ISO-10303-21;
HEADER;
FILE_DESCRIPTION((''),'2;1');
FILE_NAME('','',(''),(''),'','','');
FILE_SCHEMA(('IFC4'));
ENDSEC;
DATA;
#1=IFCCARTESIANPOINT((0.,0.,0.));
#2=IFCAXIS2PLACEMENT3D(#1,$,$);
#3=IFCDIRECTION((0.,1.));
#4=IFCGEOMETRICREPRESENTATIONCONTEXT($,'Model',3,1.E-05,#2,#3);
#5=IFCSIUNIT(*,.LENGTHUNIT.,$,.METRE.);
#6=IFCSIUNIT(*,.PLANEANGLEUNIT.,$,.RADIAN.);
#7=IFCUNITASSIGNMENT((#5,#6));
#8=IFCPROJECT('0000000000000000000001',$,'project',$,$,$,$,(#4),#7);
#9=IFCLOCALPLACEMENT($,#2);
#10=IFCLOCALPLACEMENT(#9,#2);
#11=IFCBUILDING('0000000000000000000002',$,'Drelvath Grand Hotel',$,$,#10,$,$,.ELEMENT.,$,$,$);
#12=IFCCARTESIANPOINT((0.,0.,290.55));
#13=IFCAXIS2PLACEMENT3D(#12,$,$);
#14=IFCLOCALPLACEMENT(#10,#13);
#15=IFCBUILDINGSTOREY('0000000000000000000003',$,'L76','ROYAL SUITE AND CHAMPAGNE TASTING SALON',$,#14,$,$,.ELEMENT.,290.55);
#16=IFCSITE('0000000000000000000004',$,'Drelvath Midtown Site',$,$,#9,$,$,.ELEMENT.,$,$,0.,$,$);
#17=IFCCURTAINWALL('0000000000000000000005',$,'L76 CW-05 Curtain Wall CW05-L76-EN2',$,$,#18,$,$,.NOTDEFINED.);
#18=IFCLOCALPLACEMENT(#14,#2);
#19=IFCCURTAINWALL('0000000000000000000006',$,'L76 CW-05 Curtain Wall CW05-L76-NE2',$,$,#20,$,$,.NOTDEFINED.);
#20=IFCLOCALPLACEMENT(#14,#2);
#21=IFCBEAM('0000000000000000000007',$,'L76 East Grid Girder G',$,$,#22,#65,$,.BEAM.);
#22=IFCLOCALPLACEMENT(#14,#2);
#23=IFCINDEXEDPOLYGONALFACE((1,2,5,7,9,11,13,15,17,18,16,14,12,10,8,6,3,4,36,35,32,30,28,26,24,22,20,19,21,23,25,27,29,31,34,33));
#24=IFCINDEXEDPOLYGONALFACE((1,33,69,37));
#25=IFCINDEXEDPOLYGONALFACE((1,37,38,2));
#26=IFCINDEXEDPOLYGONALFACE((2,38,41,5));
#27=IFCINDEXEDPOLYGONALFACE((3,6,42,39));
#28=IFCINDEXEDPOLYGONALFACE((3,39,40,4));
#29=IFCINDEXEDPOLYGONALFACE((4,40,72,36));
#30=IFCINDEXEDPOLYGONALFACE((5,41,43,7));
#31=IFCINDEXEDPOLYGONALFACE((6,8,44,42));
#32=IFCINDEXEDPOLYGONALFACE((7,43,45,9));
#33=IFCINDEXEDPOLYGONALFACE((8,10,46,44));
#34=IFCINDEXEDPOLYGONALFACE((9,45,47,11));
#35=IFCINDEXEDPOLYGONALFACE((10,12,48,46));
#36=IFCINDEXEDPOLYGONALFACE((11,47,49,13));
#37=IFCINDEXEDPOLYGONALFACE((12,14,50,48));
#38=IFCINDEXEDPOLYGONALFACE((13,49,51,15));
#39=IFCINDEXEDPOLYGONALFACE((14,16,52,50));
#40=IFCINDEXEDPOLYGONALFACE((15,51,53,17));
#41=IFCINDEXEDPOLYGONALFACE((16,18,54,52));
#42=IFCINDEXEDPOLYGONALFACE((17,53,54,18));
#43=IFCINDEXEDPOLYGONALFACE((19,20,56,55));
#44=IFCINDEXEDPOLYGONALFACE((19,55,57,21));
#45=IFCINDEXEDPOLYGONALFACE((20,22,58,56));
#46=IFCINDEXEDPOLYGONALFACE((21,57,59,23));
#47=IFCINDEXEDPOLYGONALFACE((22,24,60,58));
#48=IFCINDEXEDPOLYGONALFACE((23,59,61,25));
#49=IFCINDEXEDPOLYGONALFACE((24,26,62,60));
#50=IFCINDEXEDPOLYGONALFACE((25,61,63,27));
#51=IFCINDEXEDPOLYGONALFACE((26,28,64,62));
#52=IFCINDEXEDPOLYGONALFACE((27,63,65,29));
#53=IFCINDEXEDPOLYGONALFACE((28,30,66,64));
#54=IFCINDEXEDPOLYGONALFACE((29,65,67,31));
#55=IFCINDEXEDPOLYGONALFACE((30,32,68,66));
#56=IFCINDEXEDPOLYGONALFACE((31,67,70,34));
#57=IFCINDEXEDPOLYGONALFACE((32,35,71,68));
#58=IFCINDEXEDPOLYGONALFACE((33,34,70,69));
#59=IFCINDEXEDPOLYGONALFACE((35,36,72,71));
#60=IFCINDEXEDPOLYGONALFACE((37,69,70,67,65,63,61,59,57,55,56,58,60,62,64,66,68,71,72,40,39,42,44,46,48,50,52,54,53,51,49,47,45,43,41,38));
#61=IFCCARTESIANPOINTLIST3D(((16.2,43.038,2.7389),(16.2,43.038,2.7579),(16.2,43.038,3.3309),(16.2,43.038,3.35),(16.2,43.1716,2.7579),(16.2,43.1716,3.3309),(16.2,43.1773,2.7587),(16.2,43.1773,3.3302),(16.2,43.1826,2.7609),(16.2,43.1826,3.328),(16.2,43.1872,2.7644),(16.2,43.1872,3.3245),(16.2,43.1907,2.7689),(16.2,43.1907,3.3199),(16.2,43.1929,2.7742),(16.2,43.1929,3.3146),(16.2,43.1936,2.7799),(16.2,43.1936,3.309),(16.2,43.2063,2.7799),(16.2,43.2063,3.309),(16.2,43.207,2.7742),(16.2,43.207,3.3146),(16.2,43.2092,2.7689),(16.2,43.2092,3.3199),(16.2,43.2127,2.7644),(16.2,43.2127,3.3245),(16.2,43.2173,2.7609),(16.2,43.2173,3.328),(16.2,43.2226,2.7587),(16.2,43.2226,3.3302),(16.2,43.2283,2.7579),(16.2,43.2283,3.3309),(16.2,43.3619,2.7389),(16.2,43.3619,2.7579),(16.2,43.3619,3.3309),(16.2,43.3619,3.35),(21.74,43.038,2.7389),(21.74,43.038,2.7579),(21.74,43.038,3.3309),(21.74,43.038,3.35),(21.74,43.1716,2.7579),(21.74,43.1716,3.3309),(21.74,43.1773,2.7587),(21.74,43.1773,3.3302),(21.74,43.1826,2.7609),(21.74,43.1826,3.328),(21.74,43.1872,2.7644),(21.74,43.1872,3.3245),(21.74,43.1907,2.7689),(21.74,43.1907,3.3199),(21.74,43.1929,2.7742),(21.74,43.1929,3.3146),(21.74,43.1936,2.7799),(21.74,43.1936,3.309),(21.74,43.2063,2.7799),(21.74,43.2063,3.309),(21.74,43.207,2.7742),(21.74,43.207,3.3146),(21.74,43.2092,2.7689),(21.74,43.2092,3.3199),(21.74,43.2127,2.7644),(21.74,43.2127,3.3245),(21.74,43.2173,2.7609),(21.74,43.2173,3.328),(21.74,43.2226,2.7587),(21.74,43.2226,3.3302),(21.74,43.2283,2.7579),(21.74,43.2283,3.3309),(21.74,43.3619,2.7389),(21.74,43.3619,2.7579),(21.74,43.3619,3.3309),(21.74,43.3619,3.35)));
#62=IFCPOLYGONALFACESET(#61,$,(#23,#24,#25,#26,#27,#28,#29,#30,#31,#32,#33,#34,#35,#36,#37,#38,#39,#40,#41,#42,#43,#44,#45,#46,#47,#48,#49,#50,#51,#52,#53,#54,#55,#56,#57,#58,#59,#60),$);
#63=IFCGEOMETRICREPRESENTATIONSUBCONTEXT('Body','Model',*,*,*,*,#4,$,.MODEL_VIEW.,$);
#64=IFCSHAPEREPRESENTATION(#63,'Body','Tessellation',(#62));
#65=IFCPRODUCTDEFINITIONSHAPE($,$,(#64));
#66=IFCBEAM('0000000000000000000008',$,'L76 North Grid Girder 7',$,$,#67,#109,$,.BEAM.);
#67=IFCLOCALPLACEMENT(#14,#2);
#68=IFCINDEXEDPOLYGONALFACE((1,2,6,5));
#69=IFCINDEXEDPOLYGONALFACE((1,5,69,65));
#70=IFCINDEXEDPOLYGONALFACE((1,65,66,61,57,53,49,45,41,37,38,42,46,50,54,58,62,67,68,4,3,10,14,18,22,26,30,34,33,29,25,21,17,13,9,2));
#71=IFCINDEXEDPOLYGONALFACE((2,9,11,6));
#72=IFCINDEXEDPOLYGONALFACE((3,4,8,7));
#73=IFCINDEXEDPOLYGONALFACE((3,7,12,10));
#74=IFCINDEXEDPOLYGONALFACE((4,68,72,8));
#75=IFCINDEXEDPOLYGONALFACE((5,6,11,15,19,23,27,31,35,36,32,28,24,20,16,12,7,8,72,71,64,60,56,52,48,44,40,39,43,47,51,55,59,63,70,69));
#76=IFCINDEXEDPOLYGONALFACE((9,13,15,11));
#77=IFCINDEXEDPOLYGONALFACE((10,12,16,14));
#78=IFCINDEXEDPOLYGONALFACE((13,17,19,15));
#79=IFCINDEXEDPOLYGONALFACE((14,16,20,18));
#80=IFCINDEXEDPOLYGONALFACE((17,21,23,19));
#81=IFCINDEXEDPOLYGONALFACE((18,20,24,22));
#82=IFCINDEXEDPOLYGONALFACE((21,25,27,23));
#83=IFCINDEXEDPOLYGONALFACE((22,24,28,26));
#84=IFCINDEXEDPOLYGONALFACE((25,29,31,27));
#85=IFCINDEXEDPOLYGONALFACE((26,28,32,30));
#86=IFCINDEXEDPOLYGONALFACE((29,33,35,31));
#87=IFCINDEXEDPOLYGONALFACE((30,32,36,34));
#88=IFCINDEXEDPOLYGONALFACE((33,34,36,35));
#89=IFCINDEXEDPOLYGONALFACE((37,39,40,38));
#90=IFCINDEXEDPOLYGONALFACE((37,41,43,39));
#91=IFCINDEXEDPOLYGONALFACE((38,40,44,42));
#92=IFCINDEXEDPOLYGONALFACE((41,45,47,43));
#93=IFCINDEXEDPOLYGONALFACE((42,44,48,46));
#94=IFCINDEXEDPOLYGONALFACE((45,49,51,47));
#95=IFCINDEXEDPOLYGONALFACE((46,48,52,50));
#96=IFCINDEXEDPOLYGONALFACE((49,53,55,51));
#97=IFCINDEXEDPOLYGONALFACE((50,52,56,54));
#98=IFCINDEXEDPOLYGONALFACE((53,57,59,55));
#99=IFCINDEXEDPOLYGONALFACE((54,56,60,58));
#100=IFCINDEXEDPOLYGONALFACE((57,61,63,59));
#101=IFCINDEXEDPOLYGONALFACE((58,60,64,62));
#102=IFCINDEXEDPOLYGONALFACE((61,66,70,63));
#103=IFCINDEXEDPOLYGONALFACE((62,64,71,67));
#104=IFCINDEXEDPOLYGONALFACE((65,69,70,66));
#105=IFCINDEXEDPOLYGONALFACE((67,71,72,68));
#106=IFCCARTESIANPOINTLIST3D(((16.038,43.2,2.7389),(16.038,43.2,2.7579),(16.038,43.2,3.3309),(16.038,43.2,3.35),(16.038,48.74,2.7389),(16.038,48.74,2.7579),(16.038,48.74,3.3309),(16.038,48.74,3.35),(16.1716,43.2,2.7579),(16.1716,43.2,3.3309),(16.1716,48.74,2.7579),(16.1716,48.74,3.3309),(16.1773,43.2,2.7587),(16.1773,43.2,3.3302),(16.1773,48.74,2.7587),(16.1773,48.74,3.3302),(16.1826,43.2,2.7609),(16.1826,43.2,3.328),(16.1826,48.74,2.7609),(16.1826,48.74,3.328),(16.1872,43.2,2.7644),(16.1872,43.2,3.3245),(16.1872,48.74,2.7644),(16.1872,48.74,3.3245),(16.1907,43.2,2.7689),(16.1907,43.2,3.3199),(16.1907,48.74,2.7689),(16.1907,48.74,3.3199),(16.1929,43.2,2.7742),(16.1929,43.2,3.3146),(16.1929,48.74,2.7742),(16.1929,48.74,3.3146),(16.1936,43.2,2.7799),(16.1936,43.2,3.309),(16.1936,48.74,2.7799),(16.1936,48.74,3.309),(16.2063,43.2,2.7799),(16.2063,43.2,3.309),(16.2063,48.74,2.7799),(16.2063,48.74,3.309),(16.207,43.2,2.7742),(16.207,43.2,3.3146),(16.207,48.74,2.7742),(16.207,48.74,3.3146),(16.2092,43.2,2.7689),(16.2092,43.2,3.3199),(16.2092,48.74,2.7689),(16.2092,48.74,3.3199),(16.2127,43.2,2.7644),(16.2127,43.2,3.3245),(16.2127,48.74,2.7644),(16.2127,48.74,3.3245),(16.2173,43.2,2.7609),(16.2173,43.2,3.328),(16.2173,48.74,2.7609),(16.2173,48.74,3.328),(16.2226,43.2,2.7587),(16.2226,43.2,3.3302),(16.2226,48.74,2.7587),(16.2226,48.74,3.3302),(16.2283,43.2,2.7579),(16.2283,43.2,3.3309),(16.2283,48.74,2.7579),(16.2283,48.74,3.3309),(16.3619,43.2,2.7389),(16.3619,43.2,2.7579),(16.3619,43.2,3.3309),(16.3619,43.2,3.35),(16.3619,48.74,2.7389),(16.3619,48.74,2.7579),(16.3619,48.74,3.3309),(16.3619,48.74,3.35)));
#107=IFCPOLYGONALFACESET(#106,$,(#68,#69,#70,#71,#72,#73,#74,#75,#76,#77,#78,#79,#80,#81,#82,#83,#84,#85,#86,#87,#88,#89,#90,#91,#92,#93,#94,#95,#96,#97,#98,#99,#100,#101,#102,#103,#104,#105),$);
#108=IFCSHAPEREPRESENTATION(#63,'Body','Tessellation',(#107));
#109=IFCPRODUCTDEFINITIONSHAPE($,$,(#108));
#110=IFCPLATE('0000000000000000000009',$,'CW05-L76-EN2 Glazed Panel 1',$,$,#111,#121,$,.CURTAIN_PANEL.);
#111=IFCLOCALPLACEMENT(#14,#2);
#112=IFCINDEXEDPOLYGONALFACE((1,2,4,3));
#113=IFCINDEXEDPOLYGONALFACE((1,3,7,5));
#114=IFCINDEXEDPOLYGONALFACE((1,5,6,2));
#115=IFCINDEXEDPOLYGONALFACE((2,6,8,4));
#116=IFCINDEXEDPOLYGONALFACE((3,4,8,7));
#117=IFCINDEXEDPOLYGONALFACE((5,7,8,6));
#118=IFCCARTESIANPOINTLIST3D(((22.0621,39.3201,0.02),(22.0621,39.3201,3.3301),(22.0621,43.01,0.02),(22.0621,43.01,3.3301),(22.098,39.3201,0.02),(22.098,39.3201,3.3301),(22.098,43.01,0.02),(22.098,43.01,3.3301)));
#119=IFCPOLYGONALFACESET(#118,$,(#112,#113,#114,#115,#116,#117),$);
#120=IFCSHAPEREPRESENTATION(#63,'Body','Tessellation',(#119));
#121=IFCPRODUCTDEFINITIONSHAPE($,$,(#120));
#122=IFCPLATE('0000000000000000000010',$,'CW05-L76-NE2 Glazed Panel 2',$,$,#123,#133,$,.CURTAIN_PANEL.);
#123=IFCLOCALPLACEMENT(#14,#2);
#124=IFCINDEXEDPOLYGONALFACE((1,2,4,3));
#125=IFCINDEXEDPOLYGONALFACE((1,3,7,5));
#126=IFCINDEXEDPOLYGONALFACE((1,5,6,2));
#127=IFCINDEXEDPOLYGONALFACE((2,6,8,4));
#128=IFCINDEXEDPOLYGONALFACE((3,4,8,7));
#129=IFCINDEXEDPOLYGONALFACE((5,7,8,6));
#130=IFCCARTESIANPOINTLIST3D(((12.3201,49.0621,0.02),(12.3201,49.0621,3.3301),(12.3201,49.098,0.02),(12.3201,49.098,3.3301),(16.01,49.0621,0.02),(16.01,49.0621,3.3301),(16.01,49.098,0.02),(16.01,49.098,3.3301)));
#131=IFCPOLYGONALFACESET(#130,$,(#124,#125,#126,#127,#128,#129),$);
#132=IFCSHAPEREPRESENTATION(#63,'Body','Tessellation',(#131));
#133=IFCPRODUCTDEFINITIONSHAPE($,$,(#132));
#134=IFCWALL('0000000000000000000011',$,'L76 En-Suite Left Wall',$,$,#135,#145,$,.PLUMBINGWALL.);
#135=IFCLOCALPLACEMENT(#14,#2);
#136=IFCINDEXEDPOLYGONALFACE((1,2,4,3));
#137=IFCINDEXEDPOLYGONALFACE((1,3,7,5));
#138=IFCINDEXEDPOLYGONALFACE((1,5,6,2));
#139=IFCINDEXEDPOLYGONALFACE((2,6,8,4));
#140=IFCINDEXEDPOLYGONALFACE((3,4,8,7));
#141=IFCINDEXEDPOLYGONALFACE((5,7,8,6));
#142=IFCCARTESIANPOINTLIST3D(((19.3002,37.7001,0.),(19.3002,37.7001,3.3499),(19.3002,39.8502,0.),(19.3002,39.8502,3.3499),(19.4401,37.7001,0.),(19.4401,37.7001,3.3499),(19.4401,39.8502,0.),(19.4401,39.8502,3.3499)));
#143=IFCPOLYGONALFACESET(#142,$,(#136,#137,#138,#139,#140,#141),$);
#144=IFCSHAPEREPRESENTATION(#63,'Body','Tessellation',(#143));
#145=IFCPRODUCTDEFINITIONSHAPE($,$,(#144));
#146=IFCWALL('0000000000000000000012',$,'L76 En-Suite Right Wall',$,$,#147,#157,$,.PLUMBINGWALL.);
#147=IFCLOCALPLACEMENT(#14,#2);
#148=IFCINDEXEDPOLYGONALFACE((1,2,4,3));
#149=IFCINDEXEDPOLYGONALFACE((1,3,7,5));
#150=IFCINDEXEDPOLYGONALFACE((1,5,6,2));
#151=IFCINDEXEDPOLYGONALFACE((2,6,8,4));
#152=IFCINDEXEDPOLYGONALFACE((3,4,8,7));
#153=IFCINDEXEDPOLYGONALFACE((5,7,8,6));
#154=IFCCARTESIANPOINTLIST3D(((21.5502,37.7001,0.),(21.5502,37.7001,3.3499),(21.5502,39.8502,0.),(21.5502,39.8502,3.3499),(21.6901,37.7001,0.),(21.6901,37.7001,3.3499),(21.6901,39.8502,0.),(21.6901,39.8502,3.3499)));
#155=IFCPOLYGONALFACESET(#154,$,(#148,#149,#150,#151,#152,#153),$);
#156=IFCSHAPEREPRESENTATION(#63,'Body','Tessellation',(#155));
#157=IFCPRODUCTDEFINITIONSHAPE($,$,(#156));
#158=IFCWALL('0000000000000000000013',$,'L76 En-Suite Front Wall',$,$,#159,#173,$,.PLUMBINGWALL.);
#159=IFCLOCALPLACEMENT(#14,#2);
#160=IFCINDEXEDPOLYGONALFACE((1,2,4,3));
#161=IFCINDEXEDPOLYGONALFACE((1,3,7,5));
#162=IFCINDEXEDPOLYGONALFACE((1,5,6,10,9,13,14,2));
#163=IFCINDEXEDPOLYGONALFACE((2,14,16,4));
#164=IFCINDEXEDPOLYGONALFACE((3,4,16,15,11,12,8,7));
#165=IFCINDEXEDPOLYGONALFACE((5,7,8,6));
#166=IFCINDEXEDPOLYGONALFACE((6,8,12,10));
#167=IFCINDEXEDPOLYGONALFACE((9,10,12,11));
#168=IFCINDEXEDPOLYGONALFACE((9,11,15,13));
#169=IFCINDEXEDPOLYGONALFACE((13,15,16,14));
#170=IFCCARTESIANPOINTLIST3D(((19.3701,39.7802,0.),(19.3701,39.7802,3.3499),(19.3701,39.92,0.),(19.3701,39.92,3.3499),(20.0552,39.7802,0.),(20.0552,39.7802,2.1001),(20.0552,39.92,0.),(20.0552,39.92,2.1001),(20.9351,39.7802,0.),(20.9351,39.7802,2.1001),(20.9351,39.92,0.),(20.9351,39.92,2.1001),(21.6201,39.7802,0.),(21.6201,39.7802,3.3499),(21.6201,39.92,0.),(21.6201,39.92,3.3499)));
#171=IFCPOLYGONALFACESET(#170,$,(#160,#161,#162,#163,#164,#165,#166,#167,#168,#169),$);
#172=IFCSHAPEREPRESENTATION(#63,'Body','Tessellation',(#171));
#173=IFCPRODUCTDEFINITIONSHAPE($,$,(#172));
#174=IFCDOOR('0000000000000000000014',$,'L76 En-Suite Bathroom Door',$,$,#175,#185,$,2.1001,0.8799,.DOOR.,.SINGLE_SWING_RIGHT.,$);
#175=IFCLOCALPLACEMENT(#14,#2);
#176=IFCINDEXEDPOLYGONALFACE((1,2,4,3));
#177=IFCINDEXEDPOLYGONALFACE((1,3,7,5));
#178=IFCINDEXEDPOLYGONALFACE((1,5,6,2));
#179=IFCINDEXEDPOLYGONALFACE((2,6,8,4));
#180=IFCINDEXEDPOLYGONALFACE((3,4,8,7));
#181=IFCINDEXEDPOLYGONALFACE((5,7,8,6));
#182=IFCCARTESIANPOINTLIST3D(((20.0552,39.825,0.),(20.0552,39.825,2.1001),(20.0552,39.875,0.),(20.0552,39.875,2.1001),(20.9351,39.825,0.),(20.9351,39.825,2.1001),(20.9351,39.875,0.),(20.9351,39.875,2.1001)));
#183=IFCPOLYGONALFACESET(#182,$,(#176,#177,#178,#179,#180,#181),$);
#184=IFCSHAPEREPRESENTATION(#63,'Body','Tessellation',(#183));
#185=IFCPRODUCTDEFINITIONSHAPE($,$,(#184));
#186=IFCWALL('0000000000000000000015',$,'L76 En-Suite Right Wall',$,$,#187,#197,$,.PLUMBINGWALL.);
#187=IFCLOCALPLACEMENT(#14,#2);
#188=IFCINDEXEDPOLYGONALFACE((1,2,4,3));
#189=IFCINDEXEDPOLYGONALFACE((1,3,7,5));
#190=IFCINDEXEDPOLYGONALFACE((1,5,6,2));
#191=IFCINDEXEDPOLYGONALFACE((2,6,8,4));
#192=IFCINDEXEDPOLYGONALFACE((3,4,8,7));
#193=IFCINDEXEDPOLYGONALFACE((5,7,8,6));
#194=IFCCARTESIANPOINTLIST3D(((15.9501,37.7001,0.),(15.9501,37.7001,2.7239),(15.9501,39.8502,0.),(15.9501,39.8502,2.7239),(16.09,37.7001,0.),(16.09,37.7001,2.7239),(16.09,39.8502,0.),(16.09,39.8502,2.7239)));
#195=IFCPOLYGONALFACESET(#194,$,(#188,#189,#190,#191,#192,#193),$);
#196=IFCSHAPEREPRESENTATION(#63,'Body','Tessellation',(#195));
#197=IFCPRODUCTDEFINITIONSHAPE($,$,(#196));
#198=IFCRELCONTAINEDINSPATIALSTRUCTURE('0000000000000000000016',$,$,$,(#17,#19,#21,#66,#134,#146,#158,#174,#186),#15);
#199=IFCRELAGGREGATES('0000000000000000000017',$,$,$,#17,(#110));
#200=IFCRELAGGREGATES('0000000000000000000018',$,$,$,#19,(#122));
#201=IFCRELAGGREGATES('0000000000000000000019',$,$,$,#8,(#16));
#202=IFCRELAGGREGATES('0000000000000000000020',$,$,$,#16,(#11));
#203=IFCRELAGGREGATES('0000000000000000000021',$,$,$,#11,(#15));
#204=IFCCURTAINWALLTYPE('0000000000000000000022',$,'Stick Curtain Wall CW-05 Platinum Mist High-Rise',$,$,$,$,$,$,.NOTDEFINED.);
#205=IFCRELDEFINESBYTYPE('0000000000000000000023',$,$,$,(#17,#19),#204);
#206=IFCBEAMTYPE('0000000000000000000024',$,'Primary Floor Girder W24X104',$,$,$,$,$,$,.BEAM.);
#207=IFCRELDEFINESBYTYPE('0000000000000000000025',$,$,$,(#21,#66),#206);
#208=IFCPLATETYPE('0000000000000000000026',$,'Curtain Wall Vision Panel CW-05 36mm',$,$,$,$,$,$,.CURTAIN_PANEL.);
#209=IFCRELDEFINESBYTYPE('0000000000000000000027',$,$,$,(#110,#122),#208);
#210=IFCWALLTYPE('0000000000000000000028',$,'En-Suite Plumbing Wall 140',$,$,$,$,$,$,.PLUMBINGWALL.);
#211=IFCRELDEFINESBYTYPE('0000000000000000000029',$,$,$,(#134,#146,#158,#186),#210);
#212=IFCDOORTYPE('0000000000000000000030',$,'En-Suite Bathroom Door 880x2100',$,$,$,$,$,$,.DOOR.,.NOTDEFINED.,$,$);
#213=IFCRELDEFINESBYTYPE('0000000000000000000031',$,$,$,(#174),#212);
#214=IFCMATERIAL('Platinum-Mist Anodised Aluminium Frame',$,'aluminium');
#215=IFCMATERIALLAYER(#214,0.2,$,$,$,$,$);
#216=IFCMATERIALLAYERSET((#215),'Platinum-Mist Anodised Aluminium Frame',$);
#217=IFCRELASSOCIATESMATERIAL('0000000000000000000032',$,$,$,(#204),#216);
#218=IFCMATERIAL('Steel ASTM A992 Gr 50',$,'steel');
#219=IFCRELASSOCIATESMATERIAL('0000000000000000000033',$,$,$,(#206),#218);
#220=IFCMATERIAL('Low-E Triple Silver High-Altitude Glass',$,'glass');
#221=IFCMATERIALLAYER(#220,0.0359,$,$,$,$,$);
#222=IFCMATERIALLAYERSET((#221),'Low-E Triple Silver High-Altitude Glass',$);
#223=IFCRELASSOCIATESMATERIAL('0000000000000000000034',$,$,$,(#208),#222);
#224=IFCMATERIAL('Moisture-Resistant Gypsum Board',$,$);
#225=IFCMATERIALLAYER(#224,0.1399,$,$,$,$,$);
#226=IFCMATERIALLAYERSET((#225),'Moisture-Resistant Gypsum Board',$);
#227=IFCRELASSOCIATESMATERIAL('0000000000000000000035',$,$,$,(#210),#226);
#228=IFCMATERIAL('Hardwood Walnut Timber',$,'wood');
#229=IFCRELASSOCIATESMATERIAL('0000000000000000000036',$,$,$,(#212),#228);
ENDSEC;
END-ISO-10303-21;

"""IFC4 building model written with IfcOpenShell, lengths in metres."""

from ifc_helpers import new_model, si_unit, direction, frame, frame_2d, origin, origin_2d, place, context, subcontext, project, spatial, rectangle, i_section, extrude, material, layer, layer_set, material_profile, profile_set, type_object, element, fill, aggregate, save


model = new_model("IFC4")

# Units and contexts
model_context = context("Model", 3, precision=1e-05, world=origin(), true_north=direction((0.0, 1.0)))
body_context = subcontext(model_context, "Body", "Model", "MODEL_VIEW")
ifc_project = project(units=[si_unit("LENGTHUNIT", "METRE"), si_unit("PLANEANGLEUNIT", "RADIAN")], contexts=[model_context])

# Site, building, storey
site_placement = place(None, origin())
site = spatial("IfcSite", under=ifc_project, at=site_placement, Name="Drelvath Midtown Site", CompositionType="ELEMENT", RefElevation=0.0)
building_placement = place(site_placement, origin())
building = spatial("IfcBuilding", under=site, at=building_placement, Name="Drelvath Grand Hotel", CompositionType="ELEMENT")
storey_placement = place(building_placement, frame((0.0, 0.0, 290.55)))
storey = spatial("IfcBuildingStorey", under=building, at=storey_placement, Name="L76", Description="ROYAL SUITE AND CHAMPAGNE TASTING SALON", CompositionType="ELEMENT", Elevation=290.55)

# Curtain wall
ifc_material_1 = material(Name="Platinum-Mist Anodised Aluminium Frame", Category="aluminium")
ifc_layer_1 = layer(ifc_material_1, 0.2)
ifc_layer_set_1 = layer_set([ifc_layer_1], Name="Platinum-Mist Anodised Aluminium Frame")
curtain_wall_type = type_object("IfcCurtainWallType", Name="Stick Curtain Wall CW-05 Platinum Mist High-Rise", PredefinedType="NOTDEFINED", material=ifc_layer_set_1)
curtain_wall_1_placement = place(storey_placement, origin())
curtain_wall_1 = element("IfcCurtainWall", 1, at=curtain_wall_1_placement, inside=storey, type_object=curtain_wall_type, Name="L76 CW-05 Curtain Wall CW05-L76-EN2", PredefinedType="NOTDEFINED")

# Curtain wall
curtain_wall_2_placement = place(storey_placement, origin())
curtain_wall_2 = element("IfcCurtainWall", 2, at=curtain_wall_2_placement, inside=storey, type_object=curtain_wall_type, Name="L76 CW-05 Curtain Wall CW05-L76-NE2", PredefinedType="NOTDEFINED")

# Beams
ifc_material_2 = material(Name="Steel ASTM A992 Gr 50", Category="steel")
ifc_material_profile_1 = material_profile(ifc_material_2, i_section(OverallWidth=0.324, OverallDepth=0.6111, WebThickness=0.0127, FlangeThickness=0.019, FilletRadius=0.022, at=origin_2d()), Name="W24X104")
ifc_profile_set_1 = profile_set([ifc_material_profile_1], Name="Steel ASTM A992 Gr 50")
beam_type = type_object("IfcBeamType", Name="Primary Floor Girder W24X104", PredefinedType="BEAM", material=ifc_profile_set_1)
for number, where, z_axis, x_axis, name in (
    (3, (16.2, 43.2, 3.0444), (1.0, 0.0, 0.0), (0.0, 1.0, 0.0), "L76 East Grid Girder G"),
    (4, (16.2, 43.2, 3.0444), (0.0, 1.0, 0.0), (-1.0, 0.0, 0.0), "L76 North Grid Girder 7"),
):
    element("IfcBeam", number, at=place(storey_placement, frame(where, z_axis=z_axis, x_axis=x_axis)), inside=storey, type_object=beam_type, Name=name, PredefinedType="BEAM", context=body_context, shape_type="SweptSolid", body=[
        extrude(i_section(OverallWidth=0.324, OverallDepth=0.6111, WebThickness=0.0127, FlangeThickness=0.019, FilletRadius=0.022, at=origin_2d()), origin(), (0.0, 0.0, 1.0), 5.54),
    ])

# Plates
ifc_material_3 = material(Name="Low-E Triple Silver High-Altitude Glass", Category="glass")
ifc_layer_2 = layer(ifc_material_3, 0.0359)
ifc_layer_set_2 = layer_set([ifc_layer_2], Name="Low-E Triple Silver High-Altitude Glass")
plate_type = type_object("IfcPlateType", Name="Curtain Wall Vision Panel CW-05 36mm", PredefinedType="CURTAIN_PANEL", material=ifc_layer_set_2)
plate_1_placement = place(storey_placement, frame((22.0801, 41.165, 0.02), z_axis=(0.0, 0.0, 1.0), x_axis=(0.0, -1.0, 0.0)))
plate_1 = element("IfcPlate", 5, at=plate_1_placement, type_object=plate_type, Name="CW05-L76-EN2 Glazed Panel 1", PredefinedType="CURTAIN_PANEL", context=body_context, shape_type="SweptSolid", body=[
    extrude(rectangle(XDim=3.6899, YDim=0.0359, at=origin_2d()), origin(), (0.0, 0.0, 1.0), 3.3101),
])
aggregate(curtain_wall_1, [plate_1])
plate_2_placement = place(storey_placement, frame((14.165, 49.0801, 0.02), z_axis=(0.0, 0.0, 1.0), x_axis=(1.0, 0.0, 0.0)))
plate_2 = element("IfcPlate", 6, at=plate_2_placement, type_object=plate_type, Name="CW05-L76-NE2 Glazed Panel 2", PredefinedType="CURTAIN_PANEL", context=body_context, shape_type="SweptSolid", body=[
    extrude(rectangle(XDim=3.6899, YDim=0.0359, at=origin_2d()), origin(), (0.0, 0.0, 1.0), 3.3101),
])
aggregate(curtain_wall_2, [plate_2])

# Walls
ifc_material_4 = material(Name="Moisture-Resistant Gypsum Board")
ifc_layer_3 = layer(ifc_material_4, 0.1399)
ifc_layer_set_3 = layer_set([ifc_layer_3], Name="Moisture-Resistant Gypsum Board")
wall_type_1 = type_object("IfcWallType", Name="En-Suite Plumbing Wall 140", PredefinedType="PLUMBINGWALL", material=ifc_layer_set_3)
for number, where, z_axis, x_axis, name in (
    (7, (19.3701, 37.7, 0.0), (0.0, 0.0, 1.0), (0.0, 1.0, 0.0), "L76 En-Suite Left Wall"),
    (8, (21.6201, 37.7, 0.0), (0.0, 0.0, 1.0), (0.0, 1.0, 0.0), "L76 En-Suite Right Wall"),
):
    element("IfcWall", number, at=place(storey_placement, frame(where, z_axis=z_axis, x_axis=x_axis)), inside=storey, type_object=wall_type_1, Name=name, PredefinedType="PLUMBINGWALL", context=body_context, shape_type="SweptSolid", body=[
        extrude(rectangle(XDim=2.1501, YDim=0.1399, at=frame_2d((1.0752, 0.0))), origin(), (0.0, 0.0, 1.0), 3.3499),
    ])

# Wall, opening, door
wall_1_placement = place(storey_placement, frame((19.3701, 39.8501, 0.0), z_axis=(0.0, 0.0, 1.0), x_axis=(1.0, 0.0, 0.0)))
wall_1 = element("IfcWall", 9, at=wall_1_placement, inside=storey, type_object=wall_type_1, Name="L76 En-Suite Front Wall", PredefinedType="PLUMBINGWALL", context=body_context, shape_type="SweptSolid", body=[
    extrude(rectangle(XDim=2.25, YDim=0.1399, at=frame_2d((1.125, 0.0))), origin(), (0.0, 0.0, 1.0), 3.3499),
])
opening_1_placement = place(wall_1_placement, frame((0.6851, 0.0, 0.0)))
opening_1 = element("IfcOpeningElement", 10, at=opening_1_placement, cuts=wall_1, PredefinedType="OPENING", context=body_context, shape_type="SweptSolid", body=[
    extrude(rectangle(XDim=0.8799, YDim=2.1001, at=frame_2d((0.4399, 1.05))), frame((0.0, 0.0798, 0.0), z_axis=(0.0, -1.0, 0.0), x_axis=(1.0, 0.0, 0.0)), (0.0, 0.0, 1.0), 0.1599),
])
ifc_material_5 = material(Name="Hardwood Walnut Timber", Category="wood")
door_type = type_object("IfcDoorType", Name="En-Suite Bathroom Door 880x2100", OperationType="NOTDEFINED", PredefinedType="DOOR", material=ifc_material_5)
door_1_placement = place(opening_1_placement, origin())
door_1 = element("IfcDoor", 11, at=door_1_placement, inside=storey, type_object=door_type, Name="L76 En-Suite Bathroom Door", OperationType="SINGLE_SWING_RIGHT", OverallHeight=2.1001, OverallWidth=0.8799, PredefinedType="DOOR", context=body_context, shape_type="SweptSolid", body=[
    extrude(rectangle(XDim=0.8799, YDim=2.1001, at=frame_2d((0.4399, 1.05))), frame((0.0, 0.0249, 0.0), z_axis=(0.0, -1.0, 0.0), x_axis=(1.0, 0.0, 0.0)), (0.0, 0.0, 1.0), 0.05),
])
fill(opening_1, door_1)

# Wall
wall_2_placement = place(storey_placement, frame((16.02, 37.7, 0.0), z_axis=(0.0, 0.0, 1.0), x_axis=(0.0, 1.0, 0.0)))
element("IfcWall", 12, at=wall_2_placement, inside=storey, type_object=wall_type_1, Name="L76 En-Suite Right Wall", PredefinedType="PLUMBINGWALL", context=body_context, shape_type="SweptSolid", body=[
    extrude(rectangle(XDim=2.1501, YDim=0.1399, at=frame_2d((1.0752, 0.0))), origin(), (0.0, 0.0, 1.0), 2.7239),
])

save(model, "model.ifc")
